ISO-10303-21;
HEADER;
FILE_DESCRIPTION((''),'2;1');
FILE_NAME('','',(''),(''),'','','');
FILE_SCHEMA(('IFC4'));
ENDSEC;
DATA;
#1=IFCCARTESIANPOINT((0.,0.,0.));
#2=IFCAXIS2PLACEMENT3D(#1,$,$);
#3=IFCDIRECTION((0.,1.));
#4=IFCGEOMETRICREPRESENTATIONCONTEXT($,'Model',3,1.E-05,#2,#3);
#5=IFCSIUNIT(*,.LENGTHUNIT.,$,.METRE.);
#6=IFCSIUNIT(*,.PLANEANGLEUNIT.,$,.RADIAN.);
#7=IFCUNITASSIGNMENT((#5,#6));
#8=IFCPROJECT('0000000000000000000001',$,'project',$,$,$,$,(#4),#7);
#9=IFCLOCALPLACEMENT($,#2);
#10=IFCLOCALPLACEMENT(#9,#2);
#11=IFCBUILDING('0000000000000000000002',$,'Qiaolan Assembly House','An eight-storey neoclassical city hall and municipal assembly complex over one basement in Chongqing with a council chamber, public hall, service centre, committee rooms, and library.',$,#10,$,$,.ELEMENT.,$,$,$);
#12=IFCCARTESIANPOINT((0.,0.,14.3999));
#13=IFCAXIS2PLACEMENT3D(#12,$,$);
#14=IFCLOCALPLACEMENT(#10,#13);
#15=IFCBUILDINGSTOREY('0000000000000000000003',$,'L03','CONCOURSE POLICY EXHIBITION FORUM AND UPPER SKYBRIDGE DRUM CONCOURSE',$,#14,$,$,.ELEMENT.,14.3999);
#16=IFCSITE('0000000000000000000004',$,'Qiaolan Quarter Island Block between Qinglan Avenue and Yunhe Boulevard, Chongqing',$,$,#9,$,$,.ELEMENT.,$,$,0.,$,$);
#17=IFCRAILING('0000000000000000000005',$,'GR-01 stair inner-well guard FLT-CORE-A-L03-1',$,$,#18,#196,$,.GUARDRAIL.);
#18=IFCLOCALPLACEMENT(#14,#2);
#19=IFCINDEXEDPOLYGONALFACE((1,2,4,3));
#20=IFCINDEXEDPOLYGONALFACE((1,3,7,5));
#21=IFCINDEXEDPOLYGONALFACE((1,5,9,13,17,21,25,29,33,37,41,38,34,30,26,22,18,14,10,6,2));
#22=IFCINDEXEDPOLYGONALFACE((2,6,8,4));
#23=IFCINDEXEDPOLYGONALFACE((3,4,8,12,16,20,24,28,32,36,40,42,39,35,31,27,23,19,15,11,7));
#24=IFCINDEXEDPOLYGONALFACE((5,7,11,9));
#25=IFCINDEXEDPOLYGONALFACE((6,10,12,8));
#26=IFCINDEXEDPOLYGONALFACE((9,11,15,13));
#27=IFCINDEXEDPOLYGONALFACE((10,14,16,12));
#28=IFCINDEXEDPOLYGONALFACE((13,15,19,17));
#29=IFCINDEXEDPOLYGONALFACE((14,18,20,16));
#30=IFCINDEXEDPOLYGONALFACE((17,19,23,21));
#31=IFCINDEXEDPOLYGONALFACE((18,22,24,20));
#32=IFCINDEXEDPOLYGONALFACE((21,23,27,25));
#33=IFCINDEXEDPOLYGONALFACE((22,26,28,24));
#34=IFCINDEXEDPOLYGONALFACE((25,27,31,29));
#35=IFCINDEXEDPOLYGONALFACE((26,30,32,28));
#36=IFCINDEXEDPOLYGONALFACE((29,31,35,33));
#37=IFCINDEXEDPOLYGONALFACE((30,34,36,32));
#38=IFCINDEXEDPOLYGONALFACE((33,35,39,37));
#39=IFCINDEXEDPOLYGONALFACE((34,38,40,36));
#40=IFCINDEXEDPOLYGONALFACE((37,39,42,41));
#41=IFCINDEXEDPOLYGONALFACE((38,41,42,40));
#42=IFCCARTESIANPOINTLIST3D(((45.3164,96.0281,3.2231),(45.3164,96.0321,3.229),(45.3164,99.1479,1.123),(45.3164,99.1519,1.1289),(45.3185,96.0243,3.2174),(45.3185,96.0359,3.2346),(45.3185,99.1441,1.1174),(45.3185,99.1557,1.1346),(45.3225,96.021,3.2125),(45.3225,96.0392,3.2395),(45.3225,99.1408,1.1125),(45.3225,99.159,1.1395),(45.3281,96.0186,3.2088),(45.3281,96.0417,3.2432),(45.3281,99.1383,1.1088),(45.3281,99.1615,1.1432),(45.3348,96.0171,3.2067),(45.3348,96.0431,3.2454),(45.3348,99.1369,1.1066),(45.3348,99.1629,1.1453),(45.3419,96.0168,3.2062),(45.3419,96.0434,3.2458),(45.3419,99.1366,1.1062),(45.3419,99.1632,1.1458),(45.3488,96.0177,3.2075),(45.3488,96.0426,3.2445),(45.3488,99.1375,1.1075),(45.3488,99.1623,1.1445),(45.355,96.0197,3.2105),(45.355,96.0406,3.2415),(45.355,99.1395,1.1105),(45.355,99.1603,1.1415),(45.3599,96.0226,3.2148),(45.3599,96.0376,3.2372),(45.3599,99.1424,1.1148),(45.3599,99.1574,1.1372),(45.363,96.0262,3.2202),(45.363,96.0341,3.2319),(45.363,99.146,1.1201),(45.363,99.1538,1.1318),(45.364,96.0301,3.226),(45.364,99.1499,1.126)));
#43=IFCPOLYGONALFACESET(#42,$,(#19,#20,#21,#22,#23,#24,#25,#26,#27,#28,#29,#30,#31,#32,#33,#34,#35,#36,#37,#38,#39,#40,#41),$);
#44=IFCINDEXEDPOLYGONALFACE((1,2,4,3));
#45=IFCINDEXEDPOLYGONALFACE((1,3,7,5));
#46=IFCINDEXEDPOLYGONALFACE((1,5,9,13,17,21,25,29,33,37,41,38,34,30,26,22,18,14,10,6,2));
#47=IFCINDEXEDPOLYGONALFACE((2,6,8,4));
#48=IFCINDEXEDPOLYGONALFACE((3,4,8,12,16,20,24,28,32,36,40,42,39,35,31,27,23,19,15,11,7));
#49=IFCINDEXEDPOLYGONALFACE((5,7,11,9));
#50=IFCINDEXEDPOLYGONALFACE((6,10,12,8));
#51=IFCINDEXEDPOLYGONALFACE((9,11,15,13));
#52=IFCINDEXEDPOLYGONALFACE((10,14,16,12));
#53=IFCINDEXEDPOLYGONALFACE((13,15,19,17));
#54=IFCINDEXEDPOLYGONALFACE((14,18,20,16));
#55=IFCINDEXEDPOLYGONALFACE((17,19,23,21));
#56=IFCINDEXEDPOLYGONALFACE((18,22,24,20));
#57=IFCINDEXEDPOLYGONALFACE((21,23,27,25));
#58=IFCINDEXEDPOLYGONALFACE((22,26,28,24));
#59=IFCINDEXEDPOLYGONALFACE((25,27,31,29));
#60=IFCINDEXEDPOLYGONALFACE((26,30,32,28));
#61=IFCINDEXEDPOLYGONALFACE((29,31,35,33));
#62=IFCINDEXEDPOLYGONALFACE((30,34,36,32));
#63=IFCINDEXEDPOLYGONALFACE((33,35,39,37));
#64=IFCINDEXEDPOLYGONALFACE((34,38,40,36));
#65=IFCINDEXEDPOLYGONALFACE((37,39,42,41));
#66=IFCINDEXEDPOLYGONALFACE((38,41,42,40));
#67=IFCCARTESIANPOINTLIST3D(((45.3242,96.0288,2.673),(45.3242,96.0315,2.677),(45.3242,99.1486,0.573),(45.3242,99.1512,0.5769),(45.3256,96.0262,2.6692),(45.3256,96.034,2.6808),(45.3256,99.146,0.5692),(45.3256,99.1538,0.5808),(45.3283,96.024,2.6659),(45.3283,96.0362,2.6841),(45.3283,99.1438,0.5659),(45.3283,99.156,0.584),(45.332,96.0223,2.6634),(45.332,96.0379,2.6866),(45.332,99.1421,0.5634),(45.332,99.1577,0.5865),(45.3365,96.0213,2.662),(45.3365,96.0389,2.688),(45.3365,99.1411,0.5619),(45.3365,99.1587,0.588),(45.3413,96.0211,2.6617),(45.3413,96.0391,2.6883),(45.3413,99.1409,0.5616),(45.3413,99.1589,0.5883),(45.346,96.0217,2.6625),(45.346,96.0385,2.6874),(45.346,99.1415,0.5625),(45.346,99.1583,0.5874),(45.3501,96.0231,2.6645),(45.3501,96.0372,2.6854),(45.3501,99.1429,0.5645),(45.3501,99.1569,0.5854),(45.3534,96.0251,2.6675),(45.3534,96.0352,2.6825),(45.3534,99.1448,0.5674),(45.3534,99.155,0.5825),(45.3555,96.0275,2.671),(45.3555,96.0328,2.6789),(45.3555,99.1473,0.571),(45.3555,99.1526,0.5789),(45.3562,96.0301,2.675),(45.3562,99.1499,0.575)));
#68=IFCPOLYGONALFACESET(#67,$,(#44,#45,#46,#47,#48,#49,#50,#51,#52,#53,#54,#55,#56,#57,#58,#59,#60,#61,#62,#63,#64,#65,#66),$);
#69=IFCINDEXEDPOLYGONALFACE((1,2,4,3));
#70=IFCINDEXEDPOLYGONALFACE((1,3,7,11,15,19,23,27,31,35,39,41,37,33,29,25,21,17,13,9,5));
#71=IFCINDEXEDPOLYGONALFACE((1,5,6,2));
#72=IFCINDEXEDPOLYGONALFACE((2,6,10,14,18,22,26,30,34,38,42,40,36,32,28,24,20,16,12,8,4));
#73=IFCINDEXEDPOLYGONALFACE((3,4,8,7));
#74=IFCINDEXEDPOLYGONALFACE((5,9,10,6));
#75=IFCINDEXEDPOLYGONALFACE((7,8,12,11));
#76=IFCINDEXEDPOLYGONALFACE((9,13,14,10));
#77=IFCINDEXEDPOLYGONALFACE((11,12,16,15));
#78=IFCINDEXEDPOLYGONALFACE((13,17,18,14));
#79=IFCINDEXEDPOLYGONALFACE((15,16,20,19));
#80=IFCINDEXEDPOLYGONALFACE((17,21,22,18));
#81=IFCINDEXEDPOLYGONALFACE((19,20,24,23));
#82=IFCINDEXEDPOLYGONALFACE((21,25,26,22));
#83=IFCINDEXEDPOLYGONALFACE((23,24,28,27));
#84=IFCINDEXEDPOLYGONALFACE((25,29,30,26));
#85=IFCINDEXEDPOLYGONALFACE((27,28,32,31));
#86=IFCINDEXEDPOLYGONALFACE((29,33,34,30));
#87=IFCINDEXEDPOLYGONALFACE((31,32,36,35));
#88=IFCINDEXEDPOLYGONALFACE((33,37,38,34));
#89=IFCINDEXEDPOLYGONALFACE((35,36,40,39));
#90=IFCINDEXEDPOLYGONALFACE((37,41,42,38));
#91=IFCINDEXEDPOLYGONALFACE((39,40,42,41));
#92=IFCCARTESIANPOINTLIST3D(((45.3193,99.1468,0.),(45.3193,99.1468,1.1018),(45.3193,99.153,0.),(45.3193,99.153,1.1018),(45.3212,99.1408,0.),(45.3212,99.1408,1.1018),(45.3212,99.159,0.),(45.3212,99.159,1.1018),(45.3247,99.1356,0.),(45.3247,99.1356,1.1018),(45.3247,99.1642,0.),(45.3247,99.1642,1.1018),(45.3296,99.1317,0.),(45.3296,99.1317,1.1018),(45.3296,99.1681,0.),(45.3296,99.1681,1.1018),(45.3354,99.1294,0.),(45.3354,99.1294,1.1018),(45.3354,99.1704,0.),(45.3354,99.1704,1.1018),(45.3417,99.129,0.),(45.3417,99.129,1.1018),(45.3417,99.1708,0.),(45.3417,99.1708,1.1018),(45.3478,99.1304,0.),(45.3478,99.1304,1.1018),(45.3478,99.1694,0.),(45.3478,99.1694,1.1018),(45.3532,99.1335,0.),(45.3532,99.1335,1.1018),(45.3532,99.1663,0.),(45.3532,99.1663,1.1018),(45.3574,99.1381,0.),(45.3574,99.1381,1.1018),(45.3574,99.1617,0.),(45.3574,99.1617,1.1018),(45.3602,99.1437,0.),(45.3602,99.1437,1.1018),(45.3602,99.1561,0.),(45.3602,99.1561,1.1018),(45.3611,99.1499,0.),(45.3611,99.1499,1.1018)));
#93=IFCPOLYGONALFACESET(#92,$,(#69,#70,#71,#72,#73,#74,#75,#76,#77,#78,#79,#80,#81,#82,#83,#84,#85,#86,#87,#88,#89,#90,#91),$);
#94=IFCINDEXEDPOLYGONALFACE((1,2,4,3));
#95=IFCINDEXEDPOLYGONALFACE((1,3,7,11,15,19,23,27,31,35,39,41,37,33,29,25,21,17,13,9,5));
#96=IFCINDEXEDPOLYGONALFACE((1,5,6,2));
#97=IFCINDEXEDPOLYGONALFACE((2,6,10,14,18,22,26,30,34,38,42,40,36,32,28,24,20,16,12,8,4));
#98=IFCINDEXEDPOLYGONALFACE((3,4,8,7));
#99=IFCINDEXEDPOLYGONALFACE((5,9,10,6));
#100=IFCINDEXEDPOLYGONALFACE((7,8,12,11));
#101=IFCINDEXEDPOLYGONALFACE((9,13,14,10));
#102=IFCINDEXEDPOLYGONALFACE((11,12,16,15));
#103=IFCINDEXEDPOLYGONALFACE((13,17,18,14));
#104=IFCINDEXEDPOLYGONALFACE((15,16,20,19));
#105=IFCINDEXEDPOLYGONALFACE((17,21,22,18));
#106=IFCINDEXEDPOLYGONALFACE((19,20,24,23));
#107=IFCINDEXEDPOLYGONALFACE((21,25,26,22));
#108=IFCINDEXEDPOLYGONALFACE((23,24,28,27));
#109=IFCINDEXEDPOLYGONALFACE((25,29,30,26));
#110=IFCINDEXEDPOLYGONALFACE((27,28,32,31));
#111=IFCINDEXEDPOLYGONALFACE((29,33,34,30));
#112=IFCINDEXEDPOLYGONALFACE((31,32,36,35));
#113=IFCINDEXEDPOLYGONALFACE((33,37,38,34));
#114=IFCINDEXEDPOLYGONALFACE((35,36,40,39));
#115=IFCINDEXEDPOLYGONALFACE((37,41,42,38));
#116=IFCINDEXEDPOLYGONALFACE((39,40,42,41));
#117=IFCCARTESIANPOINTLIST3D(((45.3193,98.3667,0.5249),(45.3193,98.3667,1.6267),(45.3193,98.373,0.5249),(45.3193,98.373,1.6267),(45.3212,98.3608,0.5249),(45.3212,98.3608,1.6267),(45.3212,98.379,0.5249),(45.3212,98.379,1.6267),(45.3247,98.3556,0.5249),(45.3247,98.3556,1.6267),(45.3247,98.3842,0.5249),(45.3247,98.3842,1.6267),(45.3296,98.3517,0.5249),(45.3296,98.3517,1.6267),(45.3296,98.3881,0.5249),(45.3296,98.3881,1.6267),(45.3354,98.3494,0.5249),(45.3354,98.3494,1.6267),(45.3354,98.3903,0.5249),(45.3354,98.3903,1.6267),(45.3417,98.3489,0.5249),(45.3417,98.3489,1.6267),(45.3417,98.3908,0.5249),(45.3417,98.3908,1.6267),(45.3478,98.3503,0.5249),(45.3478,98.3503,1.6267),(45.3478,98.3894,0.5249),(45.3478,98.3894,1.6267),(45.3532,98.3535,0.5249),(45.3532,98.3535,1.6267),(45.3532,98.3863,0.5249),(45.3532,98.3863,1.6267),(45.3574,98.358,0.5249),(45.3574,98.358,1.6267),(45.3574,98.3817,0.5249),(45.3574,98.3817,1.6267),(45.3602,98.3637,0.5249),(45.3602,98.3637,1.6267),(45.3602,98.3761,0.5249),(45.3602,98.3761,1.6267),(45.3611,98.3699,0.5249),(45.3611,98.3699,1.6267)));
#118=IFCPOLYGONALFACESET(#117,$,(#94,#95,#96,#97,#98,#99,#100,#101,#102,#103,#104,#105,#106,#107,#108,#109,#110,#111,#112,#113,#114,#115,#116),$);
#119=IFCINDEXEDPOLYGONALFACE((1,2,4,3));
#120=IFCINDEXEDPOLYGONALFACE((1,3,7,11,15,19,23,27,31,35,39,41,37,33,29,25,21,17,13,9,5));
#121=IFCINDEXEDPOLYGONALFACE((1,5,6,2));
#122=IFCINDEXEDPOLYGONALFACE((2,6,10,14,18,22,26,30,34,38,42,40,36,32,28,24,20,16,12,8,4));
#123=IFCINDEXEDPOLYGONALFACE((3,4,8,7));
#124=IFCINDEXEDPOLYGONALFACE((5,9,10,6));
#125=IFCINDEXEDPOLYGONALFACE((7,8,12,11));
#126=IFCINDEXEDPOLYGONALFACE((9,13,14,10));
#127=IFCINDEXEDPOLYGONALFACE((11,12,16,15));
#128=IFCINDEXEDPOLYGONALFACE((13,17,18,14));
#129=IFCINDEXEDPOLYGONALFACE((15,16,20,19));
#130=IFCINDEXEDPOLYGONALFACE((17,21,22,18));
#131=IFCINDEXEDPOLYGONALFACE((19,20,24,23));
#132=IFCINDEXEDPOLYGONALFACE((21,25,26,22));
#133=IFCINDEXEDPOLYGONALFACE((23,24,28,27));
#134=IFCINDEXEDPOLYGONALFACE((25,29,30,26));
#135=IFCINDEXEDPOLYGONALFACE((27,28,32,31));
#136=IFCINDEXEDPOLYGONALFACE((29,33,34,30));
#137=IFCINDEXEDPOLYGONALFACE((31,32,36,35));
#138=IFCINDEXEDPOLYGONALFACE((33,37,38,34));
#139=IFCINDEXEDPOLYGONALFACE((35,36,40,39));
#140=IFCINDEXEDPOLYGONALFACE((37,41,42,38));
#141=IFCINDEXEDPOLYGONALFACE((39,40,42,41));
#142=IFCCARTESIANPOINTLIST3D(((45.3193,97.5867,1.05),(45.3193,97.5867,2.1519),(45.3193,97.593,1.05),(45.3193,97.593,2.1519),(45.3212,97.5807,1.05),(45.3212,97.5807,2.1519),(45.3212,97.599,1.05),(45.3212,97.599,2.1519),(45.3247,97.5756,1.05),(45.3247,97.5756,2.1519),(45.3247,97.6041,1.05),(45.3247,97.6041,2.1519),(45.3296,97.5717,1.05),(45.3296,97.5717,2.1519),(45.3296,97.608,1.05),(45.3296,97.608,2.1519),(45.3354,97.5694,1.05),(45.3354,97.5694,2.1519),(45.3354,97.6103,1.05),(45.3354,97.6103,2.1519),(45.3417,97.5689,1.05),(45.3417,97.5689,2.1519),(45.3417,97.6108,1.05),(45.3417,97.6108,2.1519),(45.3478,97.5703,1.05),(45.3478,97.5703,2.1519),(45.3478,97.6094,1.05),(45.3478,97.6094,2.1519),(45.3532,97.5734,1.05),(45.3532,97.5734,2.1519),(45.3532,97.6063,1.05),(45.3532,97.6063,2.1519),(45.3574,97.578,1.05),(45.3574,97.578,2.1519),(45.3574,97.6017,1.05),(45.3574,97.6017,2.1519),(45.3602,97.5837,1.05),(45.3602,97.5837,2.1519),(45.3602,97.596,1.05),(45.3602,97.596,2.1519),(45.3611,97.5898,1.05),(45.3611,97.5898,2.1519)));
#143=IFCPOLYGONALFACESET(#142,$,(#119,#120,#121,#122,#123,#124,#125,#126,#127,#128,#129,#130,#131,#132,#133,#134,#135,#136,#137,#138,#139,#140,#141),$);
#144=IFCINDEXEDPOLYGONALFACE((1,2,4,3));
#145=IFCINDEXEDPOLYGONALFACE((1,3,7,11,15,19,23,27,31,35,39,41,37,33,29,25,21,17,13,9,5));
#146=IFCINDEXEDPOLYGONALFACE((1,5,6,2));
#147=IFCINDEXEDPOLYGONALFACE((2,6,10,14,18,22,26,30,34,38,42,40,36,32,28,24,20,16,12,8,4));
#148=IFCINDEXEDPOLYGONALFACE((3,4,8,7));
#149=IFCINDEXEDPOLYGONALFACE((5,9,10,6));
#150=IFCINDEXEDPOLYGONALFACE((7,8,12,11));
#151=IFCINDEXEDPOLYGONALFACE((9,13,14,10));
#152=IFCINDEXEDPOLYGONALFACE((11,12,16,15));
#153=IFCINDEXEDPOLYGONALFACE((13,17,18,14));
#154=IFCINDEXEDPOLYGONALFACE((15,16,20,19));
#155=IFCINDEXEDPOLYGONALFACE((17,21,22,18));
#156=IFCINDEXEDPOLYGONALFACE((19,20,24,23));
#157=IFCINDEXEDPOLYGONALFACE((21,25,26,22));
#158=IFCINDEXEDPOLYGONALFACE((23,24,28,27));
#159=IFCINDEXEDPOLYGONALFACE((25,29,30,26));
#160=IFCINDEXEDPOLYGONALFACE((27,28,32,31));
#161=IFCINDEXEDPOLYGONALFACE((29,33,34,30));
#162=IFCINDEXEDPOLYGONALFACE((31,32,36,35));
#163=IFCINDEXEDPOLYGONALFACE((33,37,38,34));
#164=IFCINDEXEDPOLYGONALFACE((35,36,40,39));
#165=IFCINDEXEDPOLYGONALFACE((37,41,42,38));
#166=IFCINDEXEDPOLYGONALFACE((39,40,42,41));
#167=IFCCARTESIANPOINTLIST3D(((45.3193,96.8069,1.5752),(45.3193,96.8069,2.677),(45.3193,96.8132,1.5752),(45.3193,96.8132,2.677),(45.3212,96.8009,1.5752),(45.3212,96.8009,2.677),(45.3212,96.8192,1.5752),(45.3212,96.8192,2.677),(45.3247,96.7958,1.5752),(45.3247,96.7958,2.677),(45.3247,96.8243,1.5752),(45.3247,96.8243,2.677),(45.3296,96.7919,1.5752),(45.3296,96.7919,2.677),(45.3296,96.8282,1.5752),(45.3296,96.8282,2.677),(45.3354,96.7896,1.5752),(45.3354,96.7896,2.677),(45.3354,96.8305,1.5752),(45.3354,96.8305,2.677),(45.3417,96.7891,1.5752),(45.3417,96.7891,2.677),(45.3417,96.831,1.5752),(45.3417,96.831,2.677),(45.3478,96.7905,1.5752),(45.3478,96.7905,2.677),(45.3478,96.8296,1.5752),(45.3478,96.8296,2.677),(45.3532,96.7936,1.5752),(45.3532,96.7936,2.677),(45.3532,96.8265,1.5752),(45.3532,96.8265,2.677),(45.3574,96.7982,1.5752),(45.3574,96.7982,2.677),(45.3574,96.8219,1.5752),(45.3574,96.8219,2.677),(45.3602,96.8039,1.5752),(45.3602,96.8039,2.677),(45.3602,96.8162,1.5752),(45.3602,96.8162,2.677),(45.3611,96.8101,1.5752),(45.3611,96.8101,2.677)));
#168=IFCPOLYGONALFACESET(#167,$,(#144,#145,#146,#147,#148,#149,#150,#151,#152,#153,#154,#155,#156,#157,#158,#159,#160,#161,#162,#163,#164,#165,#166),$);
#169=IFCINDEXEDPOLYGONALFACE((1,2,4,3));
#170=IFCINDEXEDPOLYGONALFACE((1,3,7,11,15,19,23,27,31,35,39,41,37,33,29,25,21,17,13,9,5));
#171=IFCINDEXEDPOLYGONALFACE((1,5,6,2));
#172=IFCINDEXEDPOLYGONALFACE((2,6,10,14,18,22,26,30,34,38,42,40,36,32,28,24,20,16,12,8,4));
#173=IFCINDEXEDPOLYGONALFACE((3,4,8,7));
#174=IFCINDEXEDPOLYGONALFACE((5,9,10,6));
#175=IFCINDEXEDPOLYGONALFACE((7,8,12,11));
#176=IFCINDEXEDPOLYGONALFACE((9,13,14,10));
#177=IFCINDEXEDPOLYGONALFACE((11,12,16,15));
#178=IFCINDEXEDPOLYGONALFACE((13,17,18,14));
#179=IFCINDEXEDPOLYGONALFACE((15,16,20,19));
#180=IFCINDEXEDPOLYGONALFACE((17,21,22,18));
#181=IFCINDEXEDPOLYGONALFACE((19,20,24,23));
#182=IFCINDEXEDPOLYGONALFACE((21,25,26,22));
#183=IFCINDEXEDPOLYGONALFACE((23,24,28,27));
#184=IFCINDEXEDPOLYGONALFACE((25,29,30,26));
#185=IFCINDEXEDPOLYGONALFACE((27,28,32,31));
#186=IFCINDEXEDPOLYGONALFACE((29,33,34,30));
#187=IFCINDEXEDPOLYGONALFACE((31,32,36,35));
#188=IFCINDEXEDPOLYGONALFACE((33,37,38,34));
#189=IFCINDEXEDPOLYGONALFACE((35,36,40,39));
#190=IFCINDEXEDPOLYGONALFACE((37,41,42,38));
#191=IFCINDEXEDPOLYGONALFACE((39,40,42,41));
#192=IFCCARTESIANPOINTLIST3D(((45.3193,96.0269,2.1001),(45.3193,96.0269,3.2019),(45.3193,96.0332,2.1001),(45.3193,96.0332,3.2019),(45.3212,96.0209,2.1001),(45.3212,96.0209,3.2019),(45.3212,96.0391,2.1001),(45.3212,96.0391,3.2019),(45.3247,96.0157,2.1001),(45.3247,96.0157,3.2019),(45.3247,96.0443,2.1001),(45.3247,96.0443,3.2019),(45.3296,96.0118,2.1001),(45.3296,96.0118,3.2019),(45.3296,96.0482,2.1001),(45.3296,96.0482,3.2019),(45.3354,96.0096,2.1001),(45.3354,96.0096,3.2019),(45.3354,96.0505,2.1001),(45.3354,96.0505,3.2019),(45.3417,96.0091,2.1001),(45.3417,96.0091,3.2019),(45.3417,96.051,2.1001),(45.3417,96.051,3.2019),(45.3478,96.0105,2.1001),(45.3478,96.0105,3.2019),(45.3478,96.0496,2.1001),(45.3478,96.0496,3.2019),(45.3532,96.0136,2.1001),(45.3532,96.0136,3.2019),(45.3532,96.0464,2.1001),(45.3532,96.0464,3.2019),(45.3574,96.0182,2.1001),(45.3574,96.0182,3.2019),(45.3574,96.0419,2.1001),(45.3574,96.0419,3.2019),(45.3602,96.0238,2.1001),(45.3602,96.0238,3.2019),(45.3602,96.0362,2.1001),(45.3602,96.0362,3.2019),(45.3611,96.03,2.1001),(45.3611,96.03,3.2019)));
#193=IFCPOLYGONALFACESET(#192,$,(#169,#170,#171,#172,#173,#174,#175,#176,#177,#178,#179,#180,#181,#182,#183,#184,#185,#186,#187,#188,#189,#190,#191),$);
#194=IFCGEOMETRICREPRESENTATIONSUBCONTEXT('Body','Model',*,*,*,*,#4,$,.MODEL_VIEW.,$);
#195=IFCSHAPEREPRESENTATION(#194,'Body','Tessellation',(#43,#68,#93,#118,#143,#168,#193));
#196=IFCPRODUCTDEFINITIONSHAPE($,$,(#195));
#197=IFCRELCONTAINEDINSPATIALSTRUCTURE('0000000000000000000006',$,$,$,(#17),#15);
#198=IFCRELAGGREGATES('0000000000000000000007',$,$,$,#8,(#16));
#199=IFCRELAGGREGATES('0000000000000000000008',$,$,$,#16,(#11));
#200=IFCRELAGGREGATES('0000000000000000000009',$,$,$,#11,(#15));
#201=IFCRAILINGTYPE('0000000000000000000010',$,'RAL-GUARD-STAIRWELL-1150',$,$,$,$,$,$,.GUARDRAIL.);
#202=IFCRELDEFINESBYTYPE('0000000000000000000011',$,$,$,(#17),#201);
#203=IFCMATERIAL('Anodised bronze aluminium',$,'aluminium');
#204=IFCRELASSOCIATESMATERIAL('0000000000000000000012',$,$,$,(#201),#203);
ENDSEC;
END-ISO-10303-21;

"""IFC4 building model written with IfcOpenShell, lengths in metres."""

from ifc_helpers import new_model, si_unit, direction, frame, origin, origin_2d, place, context, subcontext, project, spatial, circle, extrude, material, type_object, element, save


model = new_model("IFC4")

# Units and contexts
model_context = context("Model", 3, precision=1e-05, world=origin(), true_north=direction((0.0, 1.0)))
body_context = subcontext(model_context, "Body", "Model", "MODEL_VIEW")
ifc_project = project(units=[si_unit("LENGTHUNIT", "METRE"), si_unit("PLANEANGLEUNIT", "RADIAN")], contexts=[model_context])

# Site, building, storey
site_placement = place(None, origin())
site = spatial("IfcSite", under=ifc_project, at=site_placement, Name="Qiaolan Quarter Island Block between Qinglan Avenue and Yunhe Boulevard, Chongqing", CompositionType="ELEMENT", RefElevation=0.0)
building_placement = place(site_placement, origin())
building = spatial("IfcBuilding", under=site, at=building_placement, Name="Qiaolan Assembly House", Description="An eight-storey neoclassical city hall and municipal assembly complex over one basement in Chongqing with a council chamber, public hall, service centre, committee rooms, and library.", CompositionType="ELEMENT")
storey_placement = place(building_placement, frame((0.0, 0.0, 14.3999)))
storey = spatial("IfcBuildingStorey", under=building, at=storey_placement, Name="L03", Description="CONCOURSE POLICY EXHIBITION FORUM AND UPPER SKYBRIDGE DRUM CONCOURSE", CompositionType="ELEMENT", Elevation=14.3999)

# Railing
ifc_material_1 = material(Name="Anodised bronze aluminium", Category="aluminium")
railing_type_1 = type_object("IfcRailingType", Name="RAL-GUARD-STAIRWELL-1150", PredefinedType="GUARDRAIL", material=ifc_material_1)
railing_1_placement = place(storey_placement, frame((45.3401, 99.1499, 0.0)))
element("IfcRailing", 1, at=railing_1_placement, inside=storey, type_object=railing_type_1, Name="GR-01 stair inner-well guard FLT-CORE-A-L03-1", PredefinedType="GUARDRAIL", context=body_context, shape_type="SweptSolid", body=[
    extrude(circle(Radius=0.0239, at=origin_2d()), frame((0.0, 0.0, 1.126), z_axis=(0.0, -0.829565, 0.55841), x_axis=(1.0, 0.0, 0.0)), (0.0, 0.0, 1.0), 3.7607),
    extrude(circle(Radius=0.0161, at=origin_2d()), frame((0.0, 0.0, 0.575), z_axis=(0.0, -0.829565, 0.55841), x_axis=(1.0, 0.0, 0.0)), (0.0, 0.0, 1.0), 3.7607),
    extrude(circle(Radius=0.021, at=origin_2d()), origin(), (0.0, 0.0, 1.0), 1.1018),
    extrude(circle(Radius=0.021, at=origin_2d()), frame((0.0, -0.78, 0.5249)), (0.0, 0.0, 1.0), 1.1018),
    extrude(circle(Radius=0.021, at=origin_2d()), frame((0.0, -1.5601, 1.05)), (0.0, 0.0, 1.0), 1.1018),
    extrude(circle(Radius=0.021, at=origin_2d()), frame((0.0, -2.3398, 1.5752)), (0.0, 0.0, 1.0), 1.1018),
    extrude(circle(Radius=0.021, at=origin_2d()), frame((0.0, -3.1199, 2.1001)), (0.0, 0.0, 1.0), 1.1018),
])

save(model, "model.ifc")
